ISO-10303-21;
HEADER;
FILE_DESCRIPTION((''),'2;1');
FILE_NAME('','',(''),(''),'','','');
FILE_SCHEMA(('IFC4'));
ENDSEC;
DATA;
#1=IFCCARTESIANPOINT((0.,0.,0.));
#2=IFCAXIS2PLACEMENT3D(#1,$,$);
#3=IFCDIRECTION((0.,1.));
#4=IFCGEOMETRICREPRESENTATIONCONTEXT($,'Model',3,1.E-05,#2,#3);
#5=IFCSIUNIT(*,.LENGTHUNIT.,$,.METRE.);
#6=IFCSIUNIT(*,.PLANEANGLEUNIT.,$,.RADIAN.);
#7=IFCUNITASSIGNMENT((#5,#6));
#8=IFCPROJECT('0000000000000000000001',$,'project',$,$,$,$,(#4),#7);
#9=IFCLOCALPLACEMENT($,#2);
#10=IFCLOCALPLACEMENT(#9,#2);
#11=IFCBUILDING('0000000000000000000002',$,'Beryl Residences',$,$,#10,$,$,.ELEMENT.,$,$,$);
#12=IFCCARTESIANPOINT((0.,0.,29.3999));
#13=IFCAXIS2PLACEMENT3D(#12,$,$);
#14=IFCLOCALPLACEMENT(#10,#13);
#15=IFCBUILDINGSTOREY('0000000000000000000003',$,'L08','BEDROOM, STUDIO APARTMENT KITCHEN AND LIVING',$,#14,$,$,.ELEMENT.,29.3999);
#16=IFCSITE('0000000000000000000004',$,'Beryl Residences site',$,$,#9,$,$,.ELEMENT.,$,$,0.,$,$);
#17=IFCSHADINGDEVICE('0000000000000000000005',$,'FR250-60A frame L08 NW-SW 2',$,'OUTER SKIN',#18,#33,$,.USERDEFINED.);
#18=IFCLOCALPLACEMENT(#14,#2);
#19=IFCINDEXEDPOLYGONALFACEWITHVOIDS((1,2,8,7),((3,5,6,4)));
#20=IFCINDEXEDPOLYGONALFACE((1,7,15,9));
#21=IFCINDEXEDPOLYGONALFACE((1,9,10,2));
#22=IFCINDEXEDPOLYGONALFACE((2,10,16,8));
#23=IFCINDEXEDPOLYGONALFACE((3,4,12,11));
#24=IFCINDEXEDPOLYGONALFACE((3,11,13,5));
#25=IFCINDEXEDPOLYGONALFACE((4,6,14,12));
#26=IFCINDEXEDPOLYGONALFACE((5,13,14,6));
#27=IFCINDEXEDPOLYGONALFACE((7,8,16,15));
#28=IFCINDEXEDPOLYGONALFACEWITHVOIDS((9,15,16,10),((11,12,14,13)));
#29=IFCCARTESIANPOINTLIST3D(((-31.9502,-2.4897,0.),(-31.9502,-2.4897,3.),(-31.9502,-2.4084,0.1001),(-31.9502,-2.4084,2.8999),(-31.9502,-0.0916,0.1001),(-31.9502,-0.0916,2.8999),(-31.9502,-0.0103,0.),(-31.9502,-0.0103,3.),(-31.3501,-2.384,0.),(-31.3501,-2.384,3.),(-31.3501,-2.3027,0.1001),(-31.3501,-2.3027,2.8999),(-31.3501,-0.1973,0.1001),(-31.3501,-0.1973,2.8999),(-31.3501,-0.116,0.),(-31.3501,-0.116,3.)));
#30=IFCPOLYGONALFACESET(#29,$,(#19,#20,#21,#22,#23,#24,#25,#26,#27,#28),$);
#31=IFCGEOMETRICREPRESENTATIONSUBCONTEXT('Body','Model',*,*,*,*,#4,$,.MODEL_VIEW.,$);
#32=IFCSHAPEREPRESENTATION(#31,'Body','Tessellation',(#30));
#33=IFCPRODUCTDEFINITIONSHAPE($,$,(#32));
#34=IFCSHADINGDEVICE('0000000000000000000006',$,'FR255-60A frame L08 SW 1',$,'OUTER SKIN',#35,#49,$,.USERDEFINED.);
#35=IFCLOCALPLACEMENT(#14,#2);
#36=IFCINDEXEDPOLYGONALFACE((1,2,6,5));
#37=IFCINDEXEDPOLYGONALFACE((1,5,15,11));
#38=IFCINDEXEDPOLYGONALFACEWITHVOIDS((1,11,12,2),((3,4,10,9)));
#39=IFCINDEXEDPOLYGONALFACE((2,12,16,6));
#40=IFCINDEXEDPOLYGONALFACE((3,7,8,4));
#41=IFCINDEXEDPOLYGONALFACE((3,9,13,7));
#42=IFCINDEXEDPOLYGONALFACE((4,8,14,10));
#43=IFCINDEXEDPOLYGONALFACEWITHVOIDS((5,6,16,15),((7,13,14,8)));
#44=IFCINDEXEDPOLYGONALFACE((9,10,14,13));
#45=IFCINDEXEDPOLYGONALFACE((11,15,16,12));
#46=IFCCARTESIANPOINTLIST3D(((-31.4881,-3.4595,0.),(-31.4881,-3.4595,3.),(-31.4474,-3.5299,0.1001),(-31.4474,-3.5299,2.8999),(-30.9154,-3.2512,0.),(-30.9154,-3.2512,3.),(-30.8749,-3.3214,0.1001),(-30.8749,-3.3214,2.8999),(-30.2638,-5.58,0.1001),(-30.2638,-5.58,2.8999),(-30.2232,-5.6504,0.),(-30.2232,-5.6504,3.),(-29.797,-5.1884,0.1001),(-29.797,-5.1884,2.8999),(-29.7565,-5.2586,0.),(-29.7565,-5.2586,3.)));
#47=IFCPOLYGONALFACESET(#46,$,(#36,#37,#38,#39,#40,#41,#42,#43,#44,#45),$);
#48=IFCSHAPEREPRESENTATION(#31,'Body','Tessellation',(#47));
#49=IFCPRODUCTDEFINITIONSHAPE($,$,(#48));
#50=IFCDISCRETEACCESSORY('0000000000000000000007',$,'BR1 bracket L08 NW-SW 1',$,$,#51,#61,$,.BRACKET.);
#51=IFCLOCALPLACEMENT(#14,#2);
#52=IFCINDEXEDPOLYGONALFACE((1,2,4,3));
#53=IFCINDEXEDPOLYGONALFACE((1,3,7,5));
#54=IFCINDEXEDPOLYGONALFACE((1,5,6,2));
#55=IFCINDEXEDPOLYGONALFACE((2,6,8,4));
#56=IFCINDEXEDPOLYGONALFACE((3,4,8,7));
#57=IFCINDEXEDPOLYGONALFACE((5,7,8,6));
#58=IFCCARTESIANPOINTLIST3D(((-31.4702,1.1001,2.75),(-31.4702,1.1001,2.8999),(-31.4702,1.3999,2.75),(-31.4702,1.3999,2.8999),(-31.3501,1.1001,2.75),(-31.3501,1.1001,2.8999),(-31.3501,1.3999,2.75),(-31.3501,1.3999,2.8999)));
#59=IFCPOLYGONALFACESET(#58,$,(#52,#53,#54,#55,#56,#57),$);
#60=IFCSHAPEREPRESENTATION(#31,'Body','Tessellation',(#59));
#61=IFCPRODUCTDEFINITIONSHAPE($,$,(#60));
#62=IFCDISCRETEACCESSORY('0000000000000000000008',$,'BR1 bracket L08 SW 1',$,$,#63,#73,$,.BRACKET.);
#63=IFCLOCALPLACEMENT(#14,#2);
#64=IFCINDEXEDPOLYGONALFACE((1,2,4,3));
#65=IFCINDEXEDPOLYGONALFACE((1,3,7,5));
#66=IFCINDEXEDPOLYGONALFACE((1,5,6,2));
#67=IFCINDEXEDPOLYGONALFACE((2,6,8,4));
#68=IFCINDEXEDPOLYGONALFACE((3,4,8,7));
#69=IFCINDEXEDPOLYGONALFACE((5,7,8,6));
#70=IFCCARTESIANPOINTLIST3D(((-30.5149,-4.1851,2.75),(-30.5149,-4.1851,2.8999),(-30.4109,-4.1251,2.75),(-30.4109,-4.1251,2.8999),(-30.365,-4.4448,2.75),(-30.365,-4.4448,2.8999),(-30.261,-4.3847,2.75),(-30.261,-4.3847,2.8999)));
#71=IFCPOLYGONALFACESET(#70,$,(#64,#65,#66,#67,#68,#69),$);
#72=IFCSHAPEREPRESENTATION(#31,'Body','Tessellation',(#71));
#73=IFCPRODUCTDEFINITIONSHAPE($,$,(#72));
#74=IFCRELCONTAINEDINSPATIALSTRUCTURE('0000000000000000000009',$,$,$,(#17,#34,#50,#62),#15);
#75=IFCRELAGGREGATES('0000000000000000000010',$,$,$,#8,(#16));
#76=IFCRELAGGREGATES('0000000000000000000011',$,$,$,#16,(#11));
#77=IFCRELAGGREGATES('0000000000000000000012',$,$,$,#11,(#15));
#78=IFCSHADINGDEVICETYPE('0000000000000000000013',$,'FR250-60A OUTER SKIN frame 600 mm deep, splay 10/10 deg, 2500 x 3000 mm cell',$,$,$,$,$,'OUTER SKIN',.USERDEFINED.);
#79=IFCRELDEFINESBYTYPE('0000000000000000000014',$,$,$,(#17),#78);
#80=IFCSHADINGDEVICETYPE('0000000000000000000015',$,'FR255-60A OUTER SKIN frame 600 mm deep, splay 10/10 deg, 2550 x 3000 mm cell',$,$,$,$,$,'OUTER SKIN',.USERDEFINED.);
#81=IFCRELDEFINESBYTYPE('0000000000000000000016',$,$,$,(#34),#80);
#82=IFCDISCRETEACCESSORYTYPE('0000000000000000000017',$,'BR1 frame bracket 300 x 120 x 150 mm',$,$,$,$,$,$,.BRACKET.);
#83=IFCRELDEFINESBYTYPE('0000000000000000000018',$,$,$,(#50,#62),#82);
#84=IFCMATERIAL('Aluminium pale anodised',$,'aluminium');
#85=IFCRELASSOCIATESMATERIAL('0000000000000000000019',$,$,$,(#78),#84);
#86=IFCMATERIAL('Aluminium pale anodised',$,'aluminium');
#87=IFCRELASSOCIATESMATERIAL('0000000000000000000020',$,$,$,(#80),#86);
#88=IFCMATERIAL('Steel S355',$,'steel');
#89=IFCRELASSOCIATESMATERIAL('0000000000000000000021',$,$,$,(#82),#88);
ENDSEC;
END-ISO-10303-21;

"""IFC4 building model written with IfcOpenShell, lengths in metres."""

from ifc_helpers import new_model, entity, si_unit, direction, frame, origin, place, context, subcontext, project, spatial, polyline, outline, extrude, source, transform, mapped, material, type_object, type_shapes, element, save


model = new_model("IFC4")

# Units and contexts
model_context = context("Model", 3, precision=1e-05, world=origin(), true_north=direction((0.0, 1.0)))
body_context = subcontext(model_context, "Body", "Model", "MODEL_VIEW")
ifc_project = project(units=[si_unit("LENGTHUNIT", "METRE"), si_unit("PLANEANGLEUNIT", "RADIAN")], contexts=[model_context])

# Site, building, storey
site_placement = place(None, origin())
site = spatial("IfcSite", under=ifc_project, at=site_placement, Name="Beryl Residences site", CompositionType="ELEMENT", RefElevation=0.0)
building_placement = place(site_placement, origin())
building = spatial("IfcBuilding", under=site, at=building_placement, Name="Beryl Residences", CompositionType="ELEMENT")
storey_placement = place(building_placement, frame((0.0, 0.0, 29.3999)))
storey = spatial("IfcBuildingStorey", under=building, at=storey_placement, Name="L08", Description="BEDROOM, STUDIO APARTMENT KITCHEN AND LIVING", CompositionType="ELEMENT", Elevation=29.3999)

# Shading devices
ifc_material_1 = material(Name="Aluminium pale anodised", Category="aluminium")
shading_device_type_1 = type_object("IfcShadingDeviceType", Name="FR250-60A OUTER SKIN frame 600 mm deep, splay 10/10 deg, 2500 x 3000 mm cell", ElementType="OUTER SKIN", PredefinedType="USERDEFINED", material=ifc_material_1)
cartesian_point_1 = entity("IfcCartesianPoint", [-1.134, 0.0])
cartesian_point_2 = entity("IfcCartesianPoint", [-1.0527, 0.1001])
cartesian_point_3 = entity("IfcCartesianPoint", [-1.2397, 0.0])
cartesian_point_4 = entity("IfcCartesianPoint", [-1.1584, 0.1001])
shared_shape_1 = source(origin(), body_context, "Body", "SweptSolid", [
    entity("IfcExtrudedAreaSolidTapered", entity("IfcArbitraryProfileDefWithVoids", "AREA", None, entity("IfcPolyline", [cartesian_point_1, entity("IfcCartesianPoint", [1.134, 0.0]), entity("IfcCartesianPoint", [1.134, 3.0]), entity("IfcCartesianPoint", [-1.134, 3.0]), cartesian_point_1]), [entity("IfcPolyline", [cartesian_point_2, entity("IfcCartesianPoint", [1.0527, 0.1001]), entity("IfcCartesianPoint", [1.0527, 2.8999]), entity("IfcCartesianPoint", [-1.0527, 2.8999]), cartesian_point_2])]), entity("IfcAxis2Placement3D", entity("IfcCartesianPoint", [0.0, 0.0, 0.0]), entity("IfcDirection", [0.0, 1.0, 0.0]), entity("IfcDirection", [-1.0, 0.0, 0.0])), entity("IfcDirection", [0.0, 0.0, 1.0]), 0.6001, entity("IfcArbitraryProfileDefWithVoids", "AREA", None, entity("IfcPolyline", [cartesian_point_3, entity("IfcCartesianPoint", [1.2397, 0.0]), entity("IfcCartesianPoint", [1.2397, 3.0]), entity("IfcCartesianPoint", [-1.2397, 3.0]), cartesian_point_3]), [entity("IfcPolyline", [cartesian_point_4, entity("IfcCartesianPoint", [1.1584, 0.1001]), entity("IfcCartesianPoint", [1.1584, 2.8999]), entity("IfcCartesianPoint", [-1.1584, 2.8999]), cartesian_point_4])])),
])
type_shapes(shading_device_type_1, [shared_shape_1])
for number, where, z_axis, x_axis, name in (
    (1, (-31.3501, -1.25, 0.0), (0.0, 0.0, 1.0), (0.0, 1.0, 0.0), "FR250-60A frame L08 NW-SW 2"),
):
    element("IfcShadingDevice", number, at=place(storey_placement, frame(where, z_axis=z_axis, x_axis=x_axis)), inside=storey, type_object=shading_device_type_1, Name=name, ObjectType="OUTER SKIN", PredefinedType="USERDEFINED", context=body_context, shape_type="MappedRepresentation", body=[
        mapped(shared_shape_1, transform((0.0, 0.0, 0.0))),
    ])
ifc_material_2 = material(Name="Aluminium pale anodised", Category="aluminium")
shading_device_type_2 = type_object("IfcShadingDeviceType", Name="FR255-60A OUTER SKIN frame 600 mm deep, splay 10/10 deg, 2550 x 3000 mm cell", ElementType="OUTER SKIN", PredefinedType="USERDEFINED", material=ifc_material_2)
cartesian_point_5 = entity("IfcCartesianPoint", [-1.1589, 0.0])
cartesian_point_6 = entity("IfcCartesianPoint", [-1.0779, 0.1001])
cartesian_point_7 = entity("IfcCartesianPoint", [-1.2649, 0.0])
cartesian_point_8 = entity("IfcCartesianPoint", [-1.1836, 0.1001])
shared_shape_2 = source(origin(), body_context, "Body", "SweptSolid", [
    entity("IfcExtrudedAreaSolidTapered", entity("IfcArbitraryProfileDefWithVoids", "AREA", None, entity("IfcPolyline", [cartesian_point_5, entity("IfcCartesianPoint", [1.1589, 0.0]), entity("IfcCartesianPoint", [1.1589, 3.0]), entity("IfcCartesianPoint", [-1.1589, 3.0]), cartesian_point_5]), [entity("IfcPolyline", [cartesian_point_6, entity("IfcCartesianPoint", [1.0779, 0.1001]), entity("IfcCartesianPoint", [1.0779, 2.8999]), entity("IfcCartesianPoint", [-1.0779, 2.8999]), cartesian_point_6])]), entity("IfcAxis2Placement3D", entity("IfcCartesianPoint", [0.0, 0.0, 0.0]), entity("IfcDirection", [0.0, 1.0, 0.0]), entity("IfcDirection", [-1.0, 0.0, 0.0])), entity("IfcDirection", [0.0, 0.0, 1.0]), 0.6001, entity("IfcArbitraryProfileDefWithVoids", "AREA", None, entity("IfcPolyline", [cartesian_point_7, entity("IfcCartesianPoint", [1.2649, 0.0]), entity("IfcCartesianPoint", [1.2649, 3.0]), entity("IfcCartesianPoint", [-1.2649, 3.0]), cartesian_point_7]), [entity("IfcPolyline", [cartesian_point_8, entity("IfcCartesianPoint", [1.1836, 0.1001]), entity("IfcCartesianPoint", [1.1836, 2.8999]), entity("IfcCartesianPoint", [-1.1836, 2.8999]), cartesian_point_8])])),
])
type_shapes(shading_device_type_2, [shared_shape_2])
shading_device_placement = place(storey_placement, frame((-30.3359, -4.2549, 0.0), z_axis=(0.0, 0.0, 1.0), x_axis=(-0.5, 0.866025, 0.0)))
element("IfcShadingDevice", 2, at=shading_device_placement, inside=storey, type_object=shading_device_type_2, Name="FR255-60A frame L08 SW 1", ObjectType="OUTER SKIN", PredefinedType="USERDEFINED", context=body_context, shape_type="MappedRepresentation", body=[
    mapped(shared_shape_2, transform((0.0, 0.0, 0.0))),
])

# Discrete accessories
ifc_material_3 = material(Name="Steel S355", Category="steel")
discrete_accessory_type = type_object("IfcDiscreteAccessoryType", Name="BR1 frame bracket 300 x 120 x 150 mm", PredefinedType="BRACKET", material=ifc_material_3)
shared_shape_3 = source(origin(), body_context, "Body", "SweptSolid", [
    extrude(outline(polyline([(-0.1499, 0.0), (0.1499, 0.0), (0.1499, 0.1201), (-0.1499, 0.1201), (-0.1499, 0.0)])), origin(), (0.0, 0.0, 1.0), 0.1499),
])
type_shapes(discrete_accessory_type, [shared_shape_3])
for number, where, z_axis, x_axis, name in (
    (3, (-31.3501, 1.25, 2.75), (0.0, 0.0, 1.0), (0.0, 1.0, 0.0), "BR1 bracket L08 NW-SW 1"),
    (4, (-30.3359, -4.2549, 2.75), (0.0, 0.0, 1.0), (-0.5, 0.866025, 0.0), "BR1 bracket L08 SW 1"),
):
    element("IfcDiscreteAccessory", number, at=place(storey_placement, frame(where, z_axis=z_axis, x_axis=x_axis)), inside=storey, type_object=discrete_accessory_type, Name=name, PredefinedType="BRACKET", context=body_context, shape_type="MappedRepresentation", body=[
        mapped(shared_shape_3, transform((0.0, 0.0, 0.0))),
    ])

save(model, "model.ifc")
